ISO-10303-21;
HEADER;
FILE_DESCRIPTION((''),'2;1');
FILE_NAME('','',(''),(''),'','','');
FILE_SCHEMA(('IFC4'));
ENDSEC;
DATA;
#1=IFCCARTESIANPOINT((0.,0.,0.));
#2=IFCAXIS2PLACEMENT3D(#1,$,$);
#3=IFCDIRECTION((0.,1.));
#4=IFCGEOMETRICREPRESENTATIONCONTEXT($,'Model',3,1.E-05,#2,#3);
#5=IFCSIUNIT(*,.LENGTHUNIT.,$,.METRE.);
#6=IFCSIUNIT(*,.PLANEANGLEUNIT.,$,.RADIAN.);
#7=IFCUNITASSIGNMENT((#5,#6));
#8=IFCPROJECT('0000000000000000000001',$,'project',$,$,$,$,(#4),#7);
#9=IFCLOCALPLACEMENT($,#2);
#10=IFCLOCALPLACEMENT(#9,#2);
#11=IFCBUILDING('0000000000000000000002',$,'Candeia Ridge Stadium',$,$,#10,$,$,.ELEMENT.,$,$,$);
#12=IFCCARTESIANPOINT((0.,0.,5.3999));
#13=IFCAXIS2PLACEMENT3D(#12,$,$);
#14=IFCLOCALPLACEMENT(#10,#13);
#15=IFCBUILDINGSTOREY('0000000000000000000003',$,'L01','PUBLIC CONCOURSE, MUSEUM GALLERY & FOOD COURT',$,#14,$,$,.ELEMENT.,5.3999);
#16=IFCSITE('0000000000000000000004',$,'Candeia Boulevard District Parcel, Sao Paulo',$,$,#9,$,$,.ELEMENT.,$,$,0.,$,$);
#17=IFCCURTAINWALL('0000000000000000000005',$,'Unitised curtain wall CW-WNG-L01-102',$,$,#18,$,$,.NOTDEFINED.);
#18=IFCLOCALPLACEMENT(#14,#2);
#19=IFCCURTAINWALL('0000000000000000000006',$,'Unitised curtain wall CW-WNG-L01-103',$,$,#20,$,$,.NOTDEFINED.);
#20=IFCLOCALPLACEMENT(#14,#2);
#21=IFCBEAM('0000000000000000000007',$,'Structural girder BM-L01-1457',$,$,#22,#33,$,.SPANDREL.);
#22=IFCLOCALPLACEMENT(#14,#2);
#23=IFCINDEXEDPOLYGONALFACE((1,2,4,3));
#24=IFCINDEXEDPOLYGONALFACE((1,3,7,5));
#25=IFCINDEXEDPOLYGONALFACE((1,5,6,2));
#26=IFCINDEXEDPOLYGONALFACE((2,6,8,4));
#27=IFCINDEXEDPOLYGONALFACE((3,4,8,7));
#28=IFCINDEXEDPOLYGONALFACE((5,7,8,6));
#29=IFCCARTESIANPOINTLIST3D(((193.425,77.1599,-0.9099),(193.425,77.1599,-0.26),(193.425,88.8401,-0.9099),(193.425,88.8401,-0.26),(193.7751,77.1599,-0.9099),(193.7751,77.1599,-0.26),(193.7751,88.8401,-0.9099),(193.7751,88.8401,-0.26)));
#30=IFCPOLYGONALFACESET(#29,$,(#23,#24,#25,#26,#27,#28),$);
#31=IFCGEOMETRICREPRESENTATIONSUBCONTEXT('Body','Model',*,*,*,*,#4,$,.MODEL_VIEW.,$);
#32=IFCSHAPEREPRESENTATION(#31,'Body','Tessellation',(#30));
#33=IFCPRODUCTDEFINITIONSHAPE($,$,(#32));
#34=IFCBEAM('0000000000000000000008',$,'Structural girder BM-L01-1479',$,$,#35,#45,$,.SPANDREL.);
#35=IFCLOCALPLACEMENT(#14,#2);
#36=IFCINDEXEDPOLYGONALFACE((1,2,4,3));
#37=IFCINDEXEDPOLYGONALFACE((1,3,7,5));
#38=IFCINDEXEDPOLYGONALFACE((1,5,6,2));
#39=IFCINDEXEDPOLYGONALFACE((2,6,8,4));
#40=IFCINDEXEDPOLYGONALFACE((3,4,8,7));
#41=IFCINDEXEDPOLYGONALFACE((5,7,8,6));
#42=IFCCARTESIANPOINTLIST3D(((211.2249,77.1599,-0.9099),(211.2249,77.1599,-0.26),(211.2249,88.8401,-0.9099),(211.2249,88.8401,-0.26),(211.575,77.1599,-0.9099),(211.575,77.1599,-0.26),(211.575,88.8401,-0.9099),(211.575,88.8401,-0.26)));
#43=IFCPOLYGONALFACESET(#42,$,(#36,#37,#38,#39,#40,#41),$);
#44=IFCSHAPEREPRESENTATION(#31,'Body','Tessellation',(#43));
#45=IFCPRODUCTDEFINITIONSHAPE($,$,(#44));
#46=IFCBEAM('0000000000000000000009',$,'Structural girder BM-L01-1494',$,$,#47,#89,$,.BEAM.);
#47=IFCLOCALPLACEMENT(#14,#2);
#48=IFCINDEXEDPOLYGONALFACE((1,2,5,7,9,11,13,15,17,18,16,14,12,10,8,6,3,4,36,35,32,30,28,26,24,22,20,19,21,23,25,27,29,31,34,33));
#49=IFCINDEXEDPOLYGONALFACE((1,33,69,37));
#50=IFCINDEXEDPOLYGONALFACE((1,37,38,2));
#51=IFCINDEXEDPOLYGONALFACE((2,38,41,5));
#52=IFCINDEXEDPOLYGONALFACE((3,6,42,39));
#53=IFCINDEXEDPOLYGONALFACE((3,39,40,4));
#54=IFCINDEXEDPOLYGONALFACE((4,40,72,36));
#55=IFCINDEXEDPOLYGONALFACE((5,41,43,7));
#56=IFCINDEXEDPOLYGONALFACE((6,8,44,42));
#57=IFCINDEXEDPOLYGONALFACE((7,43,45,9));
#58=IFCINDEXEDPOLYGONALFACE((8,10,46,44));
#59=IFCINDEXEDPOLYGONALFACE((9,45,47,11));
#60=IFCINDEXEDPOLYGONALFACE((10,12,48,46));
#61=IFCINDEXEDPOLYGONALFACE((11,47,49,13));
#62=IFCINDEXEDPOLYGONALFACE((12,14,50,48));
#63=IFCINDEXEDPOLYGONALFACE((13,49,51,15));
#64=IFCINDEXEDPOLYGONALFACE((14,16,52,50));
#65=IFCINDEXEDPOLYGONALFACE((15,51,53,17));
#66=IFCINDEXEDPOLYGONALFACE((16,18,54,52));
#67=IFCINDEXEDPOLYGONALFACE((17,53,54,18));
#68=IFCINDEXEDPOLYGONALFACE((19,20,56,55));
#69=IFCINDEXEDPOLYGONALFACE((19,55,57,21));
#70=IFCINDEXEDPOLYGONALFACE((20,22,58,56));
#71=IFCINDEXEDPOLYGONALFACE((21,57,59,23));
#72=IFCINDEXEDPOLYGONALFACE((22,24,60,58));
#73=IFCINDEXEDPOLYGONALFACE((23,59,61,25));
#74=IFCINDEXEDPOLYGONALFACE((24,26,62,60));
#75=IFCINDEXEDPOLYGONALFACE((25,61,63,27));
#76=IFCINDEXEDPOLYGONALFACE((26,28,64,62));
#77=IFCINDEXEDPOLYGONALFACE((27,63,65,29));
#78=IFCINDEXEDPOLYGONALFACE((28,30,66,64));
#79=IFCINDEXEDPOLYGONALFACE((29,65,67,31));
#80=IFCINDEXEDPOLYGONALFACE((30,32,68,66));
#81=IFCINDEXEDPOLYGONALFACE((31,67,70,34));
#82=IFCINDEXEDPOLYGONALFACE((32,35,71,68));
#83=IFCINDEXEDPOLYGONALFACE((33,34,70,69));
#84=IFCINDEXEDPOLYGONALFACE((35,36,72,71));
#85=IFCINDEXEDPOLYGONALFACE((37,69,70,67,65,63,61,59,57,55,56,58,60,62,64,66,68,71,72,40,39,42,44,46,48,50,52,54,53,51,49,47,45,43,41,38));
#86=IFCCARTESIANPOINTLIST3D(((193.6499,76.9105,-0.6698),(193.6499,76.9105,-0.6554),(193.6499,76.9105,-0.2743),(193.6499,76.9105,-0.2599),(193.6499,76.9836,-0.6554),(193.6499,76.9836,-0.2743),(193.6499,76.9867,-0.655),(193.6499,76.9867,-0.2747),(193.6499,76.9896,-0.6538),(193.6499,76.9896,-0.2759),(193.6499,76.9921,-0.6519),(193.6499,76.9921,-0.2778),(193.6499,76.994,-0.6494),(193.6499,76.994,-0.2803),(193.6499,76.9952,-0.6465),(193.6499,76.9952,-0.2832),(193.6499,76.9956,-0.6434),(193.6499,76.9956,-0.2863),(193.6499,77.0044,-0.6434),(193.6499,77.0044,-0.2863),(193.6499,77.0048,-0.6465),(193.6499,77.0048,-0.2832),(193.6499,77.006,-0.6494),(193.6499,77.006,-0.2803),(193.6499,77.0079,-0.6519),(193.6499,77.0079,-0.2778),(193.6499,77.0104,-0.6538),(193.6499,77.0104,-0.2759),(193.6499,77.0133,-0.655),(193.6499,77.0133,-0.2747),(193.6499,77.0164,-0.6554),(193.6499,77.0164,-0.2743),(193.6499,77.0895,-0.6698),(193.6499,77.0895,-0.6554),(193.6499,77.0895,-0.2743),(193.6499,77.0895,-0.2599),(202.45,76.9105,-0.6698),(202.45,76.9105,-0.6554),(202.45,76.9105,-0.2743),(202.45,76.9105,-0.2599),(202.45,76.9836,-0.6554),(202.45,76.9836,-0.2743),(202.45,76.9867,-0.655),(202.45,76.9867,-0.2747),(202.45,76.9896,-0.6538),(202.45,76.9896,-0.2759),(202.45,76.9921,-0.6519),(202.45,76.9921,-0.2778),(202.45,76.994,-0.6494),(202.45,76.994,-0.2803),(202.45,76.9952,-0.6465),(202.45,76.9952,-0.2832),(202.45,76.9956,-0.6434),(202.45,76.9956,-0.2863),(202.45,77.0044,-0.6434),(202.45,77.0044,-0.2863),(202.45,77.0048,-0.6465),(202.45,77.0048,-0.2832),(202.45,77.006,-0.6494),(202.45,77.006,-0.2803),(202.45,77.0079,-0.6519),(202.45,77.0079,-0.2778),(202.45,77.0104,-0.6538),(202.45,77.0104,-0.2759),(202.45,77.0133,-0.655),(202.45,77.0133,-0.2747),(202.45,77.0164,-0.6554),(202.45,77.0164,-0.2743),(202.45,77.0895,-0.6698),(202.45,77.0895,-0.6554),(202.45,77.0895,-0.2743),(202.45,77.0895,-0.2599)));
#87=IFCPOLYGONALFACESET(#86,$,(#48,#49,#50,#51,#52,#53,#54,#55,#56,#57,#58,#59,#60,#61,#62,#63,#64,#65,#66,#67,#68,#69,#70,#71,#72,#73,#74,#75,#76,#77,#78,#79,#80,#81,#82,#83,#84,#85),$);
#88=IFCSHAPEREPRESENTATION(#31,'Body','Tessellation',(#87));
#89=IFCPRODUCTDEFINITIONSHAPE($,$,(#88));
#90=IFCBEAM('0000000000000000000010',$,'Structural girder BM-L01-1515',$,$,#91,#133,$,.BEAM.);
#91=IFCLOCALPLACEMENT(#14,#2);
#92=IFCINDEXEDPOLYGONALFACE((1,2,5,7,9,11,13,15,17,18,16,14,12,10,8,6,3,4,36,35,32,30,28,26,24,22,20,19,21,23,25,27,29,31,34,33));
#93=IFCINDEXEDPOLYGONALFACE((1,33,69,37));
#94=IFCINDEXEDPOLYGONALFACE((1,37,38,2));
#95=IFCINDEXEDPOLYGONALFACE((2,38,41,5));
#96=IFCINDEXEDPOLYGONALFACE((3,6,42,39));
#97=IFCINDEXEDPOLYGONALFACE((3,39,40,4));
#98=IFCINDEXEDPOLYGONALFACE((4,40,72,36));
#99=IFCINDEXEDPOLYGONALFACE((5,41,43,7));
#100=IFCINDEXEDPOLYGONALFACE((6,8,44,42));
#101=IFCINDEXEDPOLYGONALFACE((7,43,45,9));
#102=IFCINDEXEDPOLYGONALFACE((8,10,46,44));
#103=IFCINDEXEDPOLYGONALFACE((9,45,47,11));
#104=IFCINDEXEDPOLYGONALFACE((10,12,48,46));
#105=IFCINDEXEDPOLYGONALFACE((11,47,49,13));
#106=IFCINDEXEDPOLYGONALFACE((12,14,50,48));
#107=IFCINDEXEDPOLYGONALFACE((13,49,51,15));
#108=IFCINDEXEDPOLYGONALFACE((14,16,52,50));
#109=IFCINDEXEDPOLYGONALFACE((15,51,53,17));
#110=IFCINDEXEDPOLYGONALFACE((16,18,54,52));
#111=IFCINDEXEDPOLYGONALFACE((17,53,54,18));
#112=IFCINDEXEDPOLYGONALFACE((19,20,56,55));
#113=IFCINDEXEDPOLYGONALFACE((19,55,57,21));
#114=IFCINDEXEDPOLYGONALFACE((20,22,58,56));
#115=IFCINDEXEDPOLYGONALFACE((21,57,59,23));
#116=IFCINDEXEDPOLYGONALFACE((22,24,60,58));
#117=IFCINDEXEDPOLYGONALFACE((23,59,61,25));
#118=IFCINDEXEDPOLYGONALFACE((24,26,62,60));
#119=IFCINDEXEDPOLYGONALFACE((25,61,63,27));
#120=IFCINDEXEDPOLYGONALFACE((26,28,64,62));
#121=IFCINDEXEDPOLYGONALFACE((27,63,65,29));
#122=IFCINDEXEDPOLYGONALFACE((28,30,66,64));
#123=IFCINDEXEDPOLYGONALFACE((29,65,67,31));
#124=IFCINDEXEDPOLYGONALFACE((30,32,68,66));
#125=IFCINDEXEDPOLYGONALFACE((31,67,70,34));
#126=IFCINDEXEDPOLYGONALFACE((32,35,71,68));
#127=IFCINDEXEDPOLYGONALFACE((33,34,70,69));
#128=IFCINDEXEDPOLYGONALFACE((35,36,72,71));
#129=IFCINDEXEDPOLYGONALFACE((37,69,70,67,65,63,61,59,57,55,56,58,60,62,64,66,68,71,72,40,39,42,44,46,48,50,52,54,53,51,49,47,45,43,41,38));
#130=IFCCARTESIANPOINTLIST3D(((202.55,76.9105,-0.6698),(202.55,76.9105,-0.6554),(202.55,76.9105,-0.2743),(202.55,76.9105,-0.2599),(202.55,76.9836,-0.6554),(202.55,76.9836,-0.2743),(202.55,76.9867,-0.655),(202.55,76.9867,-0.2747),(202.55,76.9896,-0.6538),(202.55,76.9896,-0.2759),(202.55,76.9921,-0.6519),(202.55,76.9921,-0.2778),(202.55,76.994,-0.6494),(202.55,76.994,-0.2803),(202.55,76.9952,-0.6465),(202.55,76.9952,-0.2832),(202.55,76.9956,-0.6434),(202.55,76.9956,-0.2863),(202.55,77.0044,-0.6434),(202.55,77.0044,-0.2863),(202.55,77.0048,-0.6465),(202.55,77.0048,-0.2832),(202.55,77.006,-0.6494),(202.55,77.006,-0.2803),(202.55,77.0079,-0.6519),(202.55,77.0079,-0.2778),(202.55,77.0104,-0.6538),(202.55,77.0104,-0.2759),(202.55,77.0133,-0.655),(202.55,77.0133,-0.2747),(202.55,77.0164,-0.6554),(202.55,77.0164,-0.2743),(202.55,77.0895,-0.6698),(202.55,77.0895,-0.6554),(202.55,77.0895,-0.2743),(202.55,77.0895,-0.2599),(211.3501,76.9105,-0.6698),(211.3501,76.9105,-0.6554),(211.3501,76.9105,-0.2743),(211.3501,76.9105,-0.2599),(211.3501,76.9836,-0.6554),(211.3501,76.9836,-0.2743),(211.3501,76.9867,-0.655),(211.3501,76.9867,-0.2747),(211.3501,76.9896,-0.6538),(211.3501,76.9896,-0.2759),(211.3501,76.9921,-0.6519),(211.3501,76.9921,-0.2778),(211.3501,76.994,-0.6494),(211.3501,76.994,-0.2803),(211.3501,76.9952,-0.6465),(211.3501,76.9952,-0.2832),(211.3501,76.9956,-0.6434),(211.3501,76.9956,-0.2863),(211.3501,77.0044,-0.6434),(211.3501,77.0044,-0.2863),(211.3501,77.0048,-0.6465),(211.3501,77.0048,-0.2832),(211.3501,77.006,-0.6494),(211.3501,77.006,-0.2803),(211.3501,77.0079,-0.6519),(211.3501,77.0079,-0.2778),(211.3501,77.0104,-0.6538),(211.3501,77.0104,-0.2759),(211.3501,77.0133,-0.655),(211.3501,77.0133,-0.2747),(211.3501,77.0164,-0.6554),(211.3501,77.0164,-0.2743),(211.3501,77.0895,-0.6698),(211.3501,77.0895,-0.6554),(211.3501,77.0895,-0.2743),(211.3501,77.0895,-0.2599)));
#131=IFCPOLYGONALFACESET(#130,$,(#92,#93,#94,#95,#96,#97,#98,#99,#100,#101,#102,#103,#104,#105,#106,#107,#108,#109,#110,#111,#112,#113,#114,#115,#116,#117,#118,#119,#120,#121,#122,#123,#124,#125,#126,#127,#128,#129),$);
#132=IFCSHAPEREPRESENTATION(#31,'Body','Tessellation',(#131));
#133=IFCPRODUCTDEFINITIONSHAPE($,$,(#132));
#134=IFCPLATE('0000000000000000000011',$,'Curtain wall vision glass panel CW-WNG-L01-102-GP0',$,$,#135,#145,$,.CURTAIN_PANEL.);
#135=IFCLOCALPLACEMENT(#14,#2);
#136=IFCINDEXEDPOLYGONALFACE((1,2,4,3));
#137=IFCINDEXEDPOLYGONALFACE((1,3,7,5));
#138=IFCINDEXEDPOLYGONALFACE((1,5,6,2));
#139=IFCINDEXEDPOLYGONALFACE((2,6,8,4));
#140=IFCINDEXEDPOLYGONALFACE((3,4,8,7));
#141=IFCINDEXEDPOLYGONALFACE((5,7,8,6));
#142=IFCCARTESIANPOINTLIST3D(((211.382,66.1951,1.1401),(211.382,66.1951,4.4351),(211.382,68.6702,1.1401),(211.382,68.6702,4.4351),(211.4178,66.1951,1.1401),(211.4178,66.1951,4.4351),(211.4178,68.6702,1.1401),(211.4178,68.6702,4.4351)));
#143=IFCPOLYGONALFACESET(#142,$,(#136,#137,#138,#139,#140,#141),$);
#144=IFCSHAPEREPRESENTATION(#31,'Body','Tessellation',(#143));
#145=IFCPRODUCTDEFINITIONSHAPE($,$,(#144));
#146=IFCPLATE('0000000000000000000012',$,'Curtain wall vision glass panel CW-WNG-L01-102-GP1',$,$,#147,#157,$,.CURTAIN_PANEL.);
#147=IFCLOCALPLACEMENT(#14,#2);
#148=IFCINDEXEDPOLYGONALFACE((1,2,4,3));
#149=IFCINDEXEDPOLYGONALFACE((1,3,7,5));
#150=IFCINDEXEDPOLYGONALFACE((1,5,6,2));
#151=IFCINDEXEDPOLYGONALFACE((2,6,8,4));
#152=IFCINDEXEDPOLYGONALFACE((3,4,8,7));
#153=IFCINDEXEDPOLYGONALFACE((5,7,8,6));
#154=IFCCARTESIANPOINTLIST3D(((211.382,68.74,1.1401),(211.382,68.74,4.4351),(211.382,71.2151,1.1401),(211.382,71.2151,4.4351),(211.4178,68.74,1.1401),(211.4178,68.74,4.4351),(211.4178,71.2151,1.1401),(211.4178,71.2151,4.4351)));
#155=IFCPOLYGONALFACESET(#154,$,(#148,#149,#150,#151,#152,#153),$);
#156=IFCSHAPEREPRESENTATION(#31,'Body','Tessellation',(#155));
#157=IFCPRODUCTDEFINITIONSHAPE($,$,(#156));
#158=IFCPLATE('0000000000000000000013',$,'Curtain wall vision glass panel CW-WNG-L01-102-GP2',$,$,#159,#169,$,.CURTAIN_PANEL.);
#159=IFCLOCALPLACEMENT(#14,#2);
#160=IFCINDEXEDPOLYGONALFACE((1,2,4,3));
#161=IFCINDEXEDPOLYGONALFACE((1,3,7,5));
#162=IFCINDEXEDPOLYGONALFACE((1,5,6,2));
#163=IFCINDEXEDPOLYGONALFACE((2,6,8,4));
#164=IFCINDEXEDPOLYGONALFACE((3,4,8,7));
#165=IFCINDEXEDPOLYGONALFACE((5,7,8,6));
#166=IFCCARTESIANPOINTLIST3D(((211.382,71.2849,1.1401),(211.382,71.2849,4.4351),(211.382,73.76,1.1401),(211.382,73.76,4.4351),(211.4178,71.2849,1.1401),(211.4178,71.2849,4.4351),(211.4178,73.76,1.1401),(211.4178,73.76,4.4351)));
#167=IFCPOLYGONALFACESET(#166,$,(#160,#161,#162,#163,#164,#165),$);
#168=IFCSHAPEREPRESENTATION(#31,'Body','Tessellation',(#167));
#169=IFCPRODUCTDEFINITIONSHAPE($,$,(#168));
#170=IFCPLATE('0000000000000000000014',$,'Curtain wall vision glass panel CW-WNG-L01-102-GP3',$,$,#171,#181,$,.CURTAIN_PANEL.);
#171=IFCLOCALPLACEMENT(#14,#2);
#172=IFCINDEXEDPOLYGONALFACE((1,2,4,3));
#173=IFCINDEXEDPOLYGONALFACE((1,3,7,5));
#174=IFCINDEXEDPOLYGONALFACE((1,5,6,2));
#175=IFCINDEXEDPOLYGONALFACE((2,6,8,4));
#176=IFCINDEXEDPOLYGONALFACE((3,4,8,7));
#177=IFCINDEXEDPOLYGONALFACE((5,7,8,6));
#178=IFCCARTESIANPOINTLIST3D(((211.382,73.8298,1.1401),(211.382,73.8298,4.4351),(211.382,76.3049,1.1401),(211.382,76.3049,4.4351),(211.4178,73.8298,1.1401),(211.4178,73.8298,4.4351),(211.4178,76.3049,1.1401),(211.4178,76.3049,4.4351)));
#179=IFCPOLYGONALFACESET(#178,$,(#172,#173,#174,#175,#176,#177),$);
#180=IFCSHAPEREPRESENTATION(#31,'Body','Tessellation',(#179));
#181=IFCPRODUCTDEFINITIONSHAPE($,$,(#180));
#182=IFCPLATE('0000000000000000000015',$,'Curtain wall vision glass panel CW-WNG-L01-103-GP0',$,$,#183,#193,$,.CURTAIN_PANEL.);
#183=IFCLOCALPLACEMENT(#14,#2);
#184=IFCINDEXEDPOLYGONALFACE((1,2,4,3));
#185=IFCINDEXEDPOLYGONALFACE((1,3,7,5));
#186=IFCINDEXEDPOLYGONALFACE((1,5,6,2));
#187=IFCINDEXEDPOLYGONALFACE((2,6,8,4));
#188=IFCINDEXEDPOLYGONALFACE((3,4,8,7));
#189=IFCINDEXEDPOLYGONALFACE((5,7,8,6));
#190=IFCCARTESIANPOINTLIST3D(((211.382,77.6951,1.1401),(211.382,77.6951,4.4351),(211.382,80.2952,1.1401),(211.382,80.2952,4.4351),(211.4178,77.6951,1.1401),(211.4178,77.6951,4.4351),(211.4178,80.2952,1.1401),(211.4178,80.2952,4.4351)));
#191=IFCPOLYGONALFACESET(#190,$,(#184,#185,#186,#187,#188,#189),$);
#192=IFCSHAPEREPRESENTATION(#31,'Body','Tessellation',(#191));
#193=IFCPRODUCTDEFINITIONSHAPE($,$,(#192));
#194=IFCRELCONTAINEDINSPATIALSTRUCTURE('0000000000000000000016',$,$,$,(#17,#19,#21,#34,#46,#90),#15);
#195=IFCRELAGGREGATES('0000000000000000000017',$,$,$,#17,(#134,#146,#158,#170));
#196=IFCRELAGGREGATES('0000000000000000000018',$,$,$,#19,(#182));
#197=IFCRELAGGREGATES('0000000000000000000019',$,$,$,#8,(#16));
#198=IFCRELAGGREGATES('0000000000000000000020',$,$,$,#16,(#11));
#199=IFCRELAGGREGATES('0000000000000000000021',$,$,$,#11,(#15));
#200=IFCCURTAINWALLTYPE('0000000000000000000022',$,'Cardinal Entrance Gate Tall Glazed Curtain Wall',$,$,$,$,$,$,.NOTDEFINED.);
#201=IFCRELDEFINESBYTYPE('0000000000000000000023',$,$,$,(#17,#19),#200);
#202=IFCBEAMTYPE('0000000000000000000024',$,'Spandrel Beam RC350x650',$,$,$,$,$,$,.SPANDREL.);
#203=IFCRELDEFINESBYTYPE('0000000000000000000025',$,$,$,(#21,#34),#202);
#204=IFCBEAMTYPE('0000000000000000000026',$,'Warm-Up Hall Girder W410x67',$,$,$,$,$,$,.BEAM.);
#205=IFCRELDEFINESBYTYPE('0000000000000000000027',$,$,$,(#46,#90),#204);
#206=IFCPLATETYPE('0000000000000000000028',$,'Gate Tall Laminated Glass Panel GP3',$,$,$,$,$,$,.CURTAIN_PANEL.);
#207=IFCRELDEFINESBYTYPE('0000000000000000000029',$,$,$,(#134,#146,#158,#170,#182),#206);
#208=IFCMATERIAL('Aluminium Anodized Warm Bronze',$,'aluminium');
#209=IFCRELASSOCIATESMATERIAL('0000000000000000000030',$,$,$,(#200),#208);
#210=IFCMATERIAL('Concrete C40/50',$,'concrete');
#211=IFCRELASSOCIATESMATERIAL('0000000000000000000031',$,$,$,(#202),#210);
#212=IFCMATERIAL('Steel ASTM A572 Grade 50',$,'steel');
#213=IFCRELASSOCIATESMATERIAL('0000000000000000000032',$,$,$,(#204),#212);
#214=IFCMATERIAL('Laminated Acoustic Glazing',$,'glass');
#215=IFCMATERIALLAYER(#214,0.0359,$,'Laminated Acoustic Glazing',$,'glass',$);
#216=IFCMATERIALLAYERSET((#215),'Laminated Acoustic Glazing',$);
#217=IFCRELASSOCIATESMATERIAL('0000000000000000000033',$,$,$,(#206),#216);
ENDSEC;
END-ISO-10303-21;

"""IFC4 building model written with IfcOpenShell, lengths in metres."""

from ifc_helpers import new_model, si_unit, direction, frame, origin, origin_2d, place, context, subcontext, project, spatial, rectangle, i_section, extrude, material, layer, layer_set, material_profile, profile_set, type_object, element, aggregate, save


model = new_model("IFC4")

# Units and contexts
model_context = context("Model", 3, precision=1e-05, world=origin(), true_north=direction((0.0, 1.0)))
body_context = subcontext(model_context, "Body", "Model", "MODEL_VIEW")
ifc_project = project(units=[si_unit("LENGTHUNIT", "METRE"), si_unit("PLANEANGLEUNIT", "RADIAN")], contexts=[model_context])

# Site, building, storey
site_placement = place(None, origin())
site = spatial("IfcSite", under=ifc_project, at=site_placement, Name="Candeia Boulevard District Parcel, Sao Paulo", CompositionType="ELEMENT", RefElevation=0.0)
building_placement = place(site_placement, origin())
building = spatial("IfcBuilding", under=site, at=building_placement, Name="Candeia Ridge Stadium", CompositionType="ELEMENT")
storey_placement = place(building_placement, frame((0.0, 0.0, 5.3999)))
storey = spatial("IfcBuildingStorey", under=building, at=storey_placement, Name="L01", Description="PUBLIC CONCOURSE, MUSEUM GALLERY & FOOD COURT", CompositionType="ELEMENT", Elevation=5.3999)

# Curtain walls
ifc_material_1 = material(Name="Aluminium Anodized Warm Bronze", Category="aluminium")
curtain_wall_type = type_object("IfcCurtainWallType", Name="Cardinal Entrance Gate Tall Glazed Curtain Wall", PredefinedType="NOTDEFINED", material=ifc_material_1)
curtain_wall_1_placement = place(storey_placement, origin())
curtain_wall_1 = element("IfcCurtainWall", 1, at=curtain_wall_1_placement, inside=storey, type_object=curtain_wall_type, Name="Unitised curtain wall CW-WNG-L01-102", PredefinedType="NOTDEFINED")
curtain_wall_2_placement = place(storey_placement, origin())
curtain_wall_2 = element("IfcCurtainWall", 2, at=curtain_wall_2_placement, inside=storey, type_object=curtain_wall_type, Name="Unitised curtain wall CW-WNG-L01-103", PredefinedType="NOTDEFINED")

# Beams
ifc_material_2 = material(Name="Concrete C40/50", Category="concrete")
ifc_material_profile_1 = material_profile(ifc_material_2, rectangle(XDim=0.3501, YDim=0.6499, at=origin_2d()), Name="RC350x650", Category="concrete")
ifc_profile_set_1 = profile_set([ifc_material_profile_1], Name="Concrete C40/50")
beam_type_1 = type_object("IfcBeamType", Name="Spandrel Beam RC350x650", PredefinedType="SPANDREL", material=ifc_profile_set_1)
for number, where, z_axis, x_axis, name in (
    (3, (193.6001, 77.1599, -0.585), (0.0, 1.0, 0.0), (-1.0, 0.0, 0.0), "Structural girder BM-L01-1457"),
    (4, (211.3999, 77.1599, -0.585), (0.0, 1.0, 0.0), (-1.0, 0.0, 0.0), "Structural girder BM-L01-1479"),
):
    element("IfcBeam", number, at=place(storey_placement, frame(where, z_axis=z_axis, x_axis=x_axis)), inside=storey, type_object=beam_type_1, Name=name, PredefinedType="SPANDREL", context=body_context, shape_type="SweptSolid", body=[
        extrude(rectangle(XDim=0.3501, YDim=0.6499, at=origin_2d()), origin(), (0.0, 0.0, 1.0), 11.6802),
    ])
ifc_material_3 = material(Name="Steel ASTM A572 Grade 50", Category="steel")
ifc_material_profile_2 = material_profile(ifc_material_3, i_section(OverallWidth=0.179, OverallDepth=0.4099, WebThickness=0.0088, FlangeThickness=0.0144, FilletRadius=0.012, at=origin_2d()), Name="W410x67", Category="steel")
ifc_profile_set_2 = profile_set([ifc_material_profile_2], Name="Steel ASTM A572 Grade 50")
beam_type_2 = type_object("IfcBeamType", Name="Warm-Up Hall Girder W410x67", PredefinedType="BEAM", material=ifc_profile_set_2)
for number, where, z_axis, x_axis, name in (
    (5, (193.6499, 77.0, -0.4648), (1.0, 0.0, 0.0), (0.0, 1.0, 0.0), "Structural girder BM-L01-1494"),
    (6, (202.55, 77.0, -0.4648), (1.0, 0.0, 0.0), (0.0, 1.0, 0.0), "Structural girder BM-L01-1515"),
):
    element("IfcBeam", number, at=place(storey_placement, frame(where, z_axis=z_axis, x_axis=x_axis)), inside=storey, type_object=beam_type_2, Name=name, PredefinedType="BEAM", context=body_context, shape_type="SweptSolid", body=[
        extrude(i_section(OverallWidth=0.179, OverallDepth=0.4099, WebThickness=0.0088, FlangeThickness=0.0144, FilletRadius=0.012, at=origin_2d()), origin(), (0.0, 0.0, 1.0), 8.8),
    ])

# Plates
ifc_material_4 = material(Name="Laminated Acoustic Glazing", Category="glass")
ifc_layer_1 = layer(ifc_material_4, 0.0359, Name="Laminated Acoustic Glazing", Category="glass")
ifc_layer_set_1 = layer_set([ifc_layer_1], Name="Laminated Acoustic Glazing")
plate_type_1 = type_object("IfcPlateType", Name="Gate Tall Laminated Glass Panel GP3", PredefinedType="CURTAIN_PANEL", material=ifc_layer_set_1)
plate_1_placement = place(storey_placement, frame((211.3999, 67.4326, 1.1401), z_axis=(0.0, 0.0, 1.0), x_axis=(0.0, 1.0, 0.0)))
plate_1 = element("IfcPlate", 7, at=plate_1_placement, type_object=plate_type_1, Name="Curtain wall vision glass panel CW-WNG-L01-102-GP0", PredefinedType="CURTAIN_PANEL", context=body_context, shape_type="SweptSolid", body=[
    extrude(rectangle(XDim=2.4751, YDim=0.0359, at=origin_2d()), origin(), (0.0, 0.0, 1.0), 3.2949),
])
plate_2_placement = place(storey_placement, frame((211.3999, 69.9775, 1.1401), z_axis=(0.0, 0.0, 1.0), x_axis=(0.0, 1.0, 0.0)))
plate_2 = element("IfcPlate", 8, at=plate_2_placement, type_object=plate_type_1, Name="Curtain wall vision glass panel CW-WNG-L01-102-GP1", PredefinedType="CURTAIN_PANEL", context=body_context, shape_type="SweptSolid", body=[
    extrude(rectangle(XDim=2.4751, YDim=0.0359, at=origin_2d()), origin(), (0.0, 0.0, 1.0), 3.2949),
])
plate_3_placement = place(storey_placement, frame((211.3999, 72.5225, 1.1401), z_axis=(0.0, 0.0, 1.0), x_axis=(0.0, 1.0, 0.0)))
plate_3 = element("IfcPlate", 9, at=plate_3_placement, type_object=plate_type_1, Name="Curtain wall vision glass panel CW-WNG-L01-102-GP2", PredefinedType="CURTAIN_PANEL", context=body_context, shape_type="SweptSolid", body=[
    extrude(rectangle(XDim=2.4751, YDim=0.0359, at=origin_2d()), origin(), (0.0, 0.0, 1.0), 3.2949),
])
plate_4_placement = place(storey_placement, frame((211.3999, 75.0674, 1.1401), z_axis=(0.0, 0.0, 1.0), x_axis=(0.0, 1.0, 0.0)))
plate_4 = element("IfcPlate", 10, at=plate_4_placement, type_object=plate_type_1, Name="Curtain wall vision glass panel CW-WNG-L01-102-GP3", PredefinedType="CURTAIN_PANEL", context=body_context, shape_type="SweptSolid", body=[
    extrude(rectangle(XDim=2.4751, YDim=0.0359, at=origin_2d()), origin(), (0.0, 0.0, 1.0), 3.2949),
])
plate_5_placement = place(storey_placement, frame((211.3999, 78.9951, 1.1401), z_axis=(0.0, 0.0, 1.0), x_axis=(0.0, 1.0, 0.0)))
plate_5 = element("IfcPlate", 11, at=plate_5_placement, type_object=plate_type_1, Name="Curtain wall vision glass panel CW-WNG-L01-103-GP0", PredefinedType="CURTAIN_PANEL", context=body_context, shape_type="SweptSolid", body=[
    extrude(rectangle(XDim=2.6001, YDim=0.0359, at=origin_2d()), origin(), (0.0, 0.0, 1.0), 3.2949),
])
aggregate(curtain_wall_1, [plate_1, plate_2, plate_3, plate_4])
aggregate(curtain_wall_2, [plate_5])

save(model, "model.ifc")
